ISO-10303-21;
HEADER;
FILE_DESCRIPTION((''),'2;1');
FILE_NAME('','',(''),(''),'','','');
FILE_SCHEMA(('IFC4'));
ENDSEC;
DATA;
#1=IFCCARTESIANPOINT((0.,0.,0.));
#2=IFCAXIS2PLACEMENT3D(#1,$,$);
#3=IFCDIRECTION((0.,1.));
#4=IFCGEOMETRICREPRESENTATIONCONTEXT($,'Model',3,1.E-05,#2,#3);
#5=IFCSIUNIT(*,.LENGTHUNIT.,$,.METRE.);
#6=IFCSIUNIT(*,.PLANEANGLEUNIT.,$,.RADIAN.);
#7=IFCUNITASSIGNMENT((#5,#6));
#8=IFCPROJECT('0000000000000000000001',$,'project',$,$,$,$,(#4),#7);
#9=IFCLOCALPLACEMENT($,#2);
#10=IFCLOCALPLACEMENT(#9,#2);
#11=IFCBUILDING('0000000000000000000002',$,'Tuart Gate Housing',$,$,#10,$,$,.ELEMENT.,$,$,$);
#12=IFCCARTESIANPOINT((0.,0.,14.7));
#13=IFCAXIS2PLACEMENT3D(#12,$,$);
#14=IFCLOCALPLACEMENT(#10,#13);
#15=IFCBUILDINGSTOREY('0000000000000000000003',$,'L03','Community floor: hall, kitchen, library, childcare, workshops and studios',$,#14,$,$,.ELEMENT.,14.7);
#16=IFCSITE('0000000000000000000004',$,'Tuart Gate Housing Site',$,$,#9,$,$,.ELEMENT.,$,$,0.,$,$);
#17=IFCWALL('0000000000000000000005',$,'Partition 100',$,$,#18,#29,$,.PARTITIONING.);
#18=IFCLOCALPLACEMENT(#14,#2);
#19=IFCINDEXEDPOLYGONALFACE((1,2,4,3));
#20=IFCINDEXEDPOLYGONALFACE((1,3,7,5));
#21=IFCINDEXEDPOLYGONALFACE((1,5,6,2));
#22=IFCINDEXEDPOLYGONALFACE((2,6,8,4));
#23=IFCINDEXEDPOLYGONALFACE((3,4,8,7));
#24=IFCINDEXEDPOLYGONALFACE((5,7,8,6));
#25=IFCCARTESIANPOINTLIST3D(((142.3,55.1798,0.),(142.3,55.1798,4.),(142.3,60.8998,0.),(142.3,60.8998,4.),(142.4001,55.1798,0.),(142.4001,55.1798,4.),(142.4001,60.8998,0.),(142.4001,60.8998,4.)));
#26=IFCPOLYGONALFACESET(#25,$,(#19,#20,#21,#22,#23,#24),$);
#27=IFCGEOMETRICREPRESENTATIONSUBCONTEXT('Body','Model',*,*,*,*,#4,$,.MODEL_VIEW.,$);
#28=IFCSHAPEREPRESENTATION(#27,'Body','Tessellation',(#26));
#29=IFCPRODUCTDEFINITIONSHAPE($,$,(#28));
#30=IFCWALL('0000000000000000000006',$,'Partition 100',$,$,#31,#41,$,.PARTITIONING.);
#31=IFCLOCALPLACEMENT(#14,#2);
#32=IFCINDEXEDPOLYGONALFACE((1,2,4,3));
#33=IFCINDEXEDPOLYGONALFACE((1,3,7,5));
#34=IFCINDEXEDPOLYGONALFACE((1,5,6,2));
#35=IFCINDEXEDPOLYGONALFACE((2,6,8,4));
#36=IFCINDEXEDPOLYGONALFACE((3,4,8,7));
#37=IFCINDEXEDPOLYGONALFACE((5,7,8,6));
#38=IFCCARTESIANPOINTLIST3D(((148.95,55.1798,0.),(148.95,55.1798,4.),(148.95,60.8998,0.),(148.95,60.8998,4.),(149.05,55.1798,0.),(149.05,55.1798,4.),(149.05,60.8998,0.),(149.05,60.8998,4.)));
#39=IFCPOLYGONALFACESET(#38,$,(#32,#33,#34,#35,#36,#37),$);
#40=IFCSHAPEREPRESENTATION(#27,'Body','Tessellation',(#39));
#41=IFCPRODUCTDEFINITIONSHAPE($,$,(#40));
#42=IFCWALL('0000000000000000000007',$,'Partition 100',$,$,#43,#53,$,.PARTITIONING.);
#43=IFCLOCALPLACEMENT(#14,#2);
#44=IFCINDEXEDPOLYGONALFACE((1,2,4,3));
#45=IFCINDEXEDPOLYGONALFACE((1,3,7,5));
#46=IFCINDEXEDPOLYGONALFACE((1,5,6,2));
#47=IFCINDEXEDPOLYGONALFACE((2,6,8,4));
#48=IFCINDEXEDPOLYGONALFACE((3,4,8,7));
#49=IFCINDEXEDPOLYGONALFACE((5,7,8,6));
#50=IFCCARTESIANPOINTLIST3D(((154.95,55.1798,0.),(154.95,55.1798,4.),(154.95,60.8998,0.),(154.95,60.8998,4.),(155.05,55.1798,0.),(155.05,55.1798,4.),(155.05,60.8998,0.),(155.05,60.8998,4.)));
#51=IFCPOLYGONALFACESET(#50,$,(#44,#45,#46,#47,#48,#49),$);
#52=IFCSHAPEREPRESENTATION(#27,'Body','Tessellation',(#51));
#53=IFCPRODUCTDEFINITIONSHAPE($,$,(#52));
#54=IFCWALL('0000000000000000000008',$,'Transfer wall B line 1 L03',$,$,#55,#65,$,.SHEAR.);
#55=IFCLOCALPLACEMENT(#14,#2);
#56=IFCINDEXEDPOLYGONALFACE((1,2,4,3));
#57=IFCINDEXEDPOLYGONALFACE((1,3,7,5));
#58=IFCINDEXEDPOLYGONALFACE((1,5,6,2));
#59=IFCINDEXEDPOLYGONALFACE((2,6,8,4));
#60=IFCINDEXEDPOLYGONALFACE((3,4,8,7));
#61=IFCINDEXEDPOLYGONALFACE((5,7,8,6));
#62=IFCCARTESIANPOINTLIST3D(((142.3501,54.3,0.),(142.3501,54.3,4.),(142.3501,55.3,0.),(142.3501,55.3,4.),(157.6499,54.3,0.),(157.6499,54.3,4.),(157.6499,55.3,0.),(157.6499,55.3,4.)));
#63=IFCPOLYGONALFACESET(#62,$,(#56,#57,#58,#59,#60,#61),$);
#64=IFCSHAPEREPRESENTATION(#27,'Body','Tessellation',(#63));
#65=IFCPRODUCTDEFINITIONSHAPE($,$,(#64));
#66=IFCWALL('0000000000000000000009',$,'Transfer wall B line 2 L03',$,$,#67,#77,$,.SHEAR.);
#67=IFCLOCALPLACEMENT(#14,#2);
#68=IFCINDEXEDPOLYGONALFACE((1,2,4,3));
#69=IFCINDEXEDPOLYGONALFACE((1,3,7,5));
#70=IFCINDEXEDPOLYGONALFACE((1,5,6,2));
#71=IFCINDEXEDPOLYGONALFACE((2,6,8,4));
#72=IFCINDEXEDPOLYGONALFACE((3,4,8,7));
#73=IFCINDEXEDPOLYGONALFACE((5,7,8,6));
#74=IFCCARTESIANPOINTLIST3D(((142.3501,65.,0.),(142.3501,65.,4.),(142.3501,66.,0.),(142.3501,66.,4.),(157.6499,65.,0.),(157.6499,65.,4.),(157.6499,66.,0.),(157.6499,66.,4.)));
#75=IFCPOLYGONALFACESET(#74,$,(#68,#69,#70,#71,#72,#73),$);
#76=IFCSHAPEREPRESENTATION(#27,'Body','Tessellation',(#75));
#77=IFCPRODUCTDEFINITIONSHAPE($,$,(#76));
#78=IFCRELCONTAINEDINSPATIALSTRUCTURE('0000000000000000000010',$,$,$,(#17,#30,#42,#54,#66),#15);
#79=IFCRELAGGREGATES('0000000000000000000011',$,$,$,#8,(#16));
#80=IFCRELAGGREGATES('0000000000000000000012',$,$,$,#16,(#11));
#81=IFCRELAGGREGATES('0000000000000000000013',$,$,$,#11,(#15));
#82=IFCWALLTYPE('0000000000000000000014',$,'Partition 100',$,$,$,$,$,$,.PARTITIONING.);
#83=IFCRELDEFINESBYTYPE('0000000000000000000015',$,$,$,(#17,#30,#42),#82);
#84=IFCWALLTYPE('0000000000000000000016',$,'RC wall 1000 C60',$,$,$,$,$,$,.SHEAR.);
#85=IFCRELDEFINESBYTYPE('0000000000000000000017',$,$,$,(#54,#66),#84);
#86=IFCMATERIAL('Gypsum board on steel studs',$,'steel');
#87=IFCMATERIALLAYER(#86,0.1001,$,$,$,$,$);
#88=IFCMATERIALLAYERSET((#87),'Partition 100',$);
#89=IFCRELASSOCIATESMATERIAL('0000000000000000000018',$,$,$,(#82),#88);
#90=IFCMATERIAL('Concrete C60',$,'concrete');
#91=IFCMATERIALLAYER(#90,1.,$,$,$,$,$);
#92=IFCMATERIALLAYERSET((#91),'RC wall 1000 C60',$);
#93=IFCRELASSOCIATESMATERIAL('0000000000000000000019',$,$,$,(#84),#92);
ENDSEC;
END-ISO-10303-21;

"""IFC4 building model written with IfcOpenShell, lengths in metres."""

from ifc_helpers import new_model, si_unit, direction, frame, frame_2d, origin, place, context, subcontext, project, spatial, rectangle, extrude, material, layer, layer_set, type_object, element, save


model = new_model("IFC4")

# Units and contexts
model_context = context("Model", 3, precision=1e-05, world=origin(), true_north=direction((0.0, 1.0)))
body_context = subcontext(model_context, "Body", "Model", "MODEL_VIEW")
ifc_project = project(units=[si_unit("LENGTHUNIT", "METRE"), si_unit("PLANEANGLEUNIT", "RADIAN")], contexts=[model_context])

# Site, building, storey
site_placement = place(None, origin())
site = spatial("IfcSite", under=ifc_project, at=site_placement, Name="Tuart Gate Housing Site", CompositionType="ELEMENT", RefElevation=0.0)
building_placement = place(site_placement, origin())
building = spatial("IfcBuilding", under=site, at=building_placement, Name="Tuart Gate Housing", CompositionType="ELEMENT")
storey_placement = place(building_placement, frame((0.0, 0.0, 14.7)))
storey = spatial("IfcBuildingStorey", under=building, at=storey_placement, Name="L03", Description="Community floor: hall, kitchen, library, childcare, workshops and studios", CompositionType="ELEMENT", Elevation=14.7)

# Walls
ifc_material_1 = material(Name="Gypsum board on steel studs", Category="steel")
ifc_layer_1 = layer(ifc_material_1, 0.1001)
ifc_layer_set_1 = layer_set([ifc_layer_1], Name="Partition 100")
wall_type_1 = type_object("IfcWallType", Name="Partition 100", PredefinedType="PARTITIONING", material=ifc_layer_set_1)
for number, where, z_axis, x_axis, name in (
    (1, (142.3501, 55.1799, 0.0), (0.0, 0.0, 1.0), (0.0, 1.0, 0.0), "Partition 100"),
    (2, (149.0, 55.1799, 0.0), (0.0, 0.0, 1.0), (0.0, 1.0, 0.0), "Partition 100"),
    (3, (155.0, 55.1799, 0.0), (0.0, 0.0, 1.0), (0.0, 1.0, 0.0), "Partition 100"),
):
    element("IfcWall", number, at=place(storey_placement, frame(where, z_axis=z_axis, x_axis=x_axis)), inside=storey, type_object=wall_type_1, Name=name, PredefinedType="PARTITIONING", context=body_context, shape_type="SweptSolid", body=[
        extrude(rectangle(XDim=5.72, YDim=0.1001, at=frame_2d((2.8599, 0.0))), origin(), (0.0, 0.0, 1.0), 4.0),
    ])
ifc_material_2 = material(Name="Concrete C60", Category="concrete")
ifc_layer_2 = layer(ifc_material_2, 1.0)
ifc_layer_set_2 = layer_set([ifc_layer_2], Name="RC wall 1000 C60")
wall_type_2 = type_object("IfcWallType", Name="RC wall 1000 C60", PredefinedType="SHEAR", material=ifc_layer_set_2)
for number, where, z_axis, x_axis, name in (
    (4, (142.3501, 54.8, 0.0), (0.0, 0.0, 1.0), (1.0, 0.0, 0.0), "Transfer wall B line 1 L03"),
    (5, (142.3501, 65.5, 0.0), (0.0, 0.0, 1.0), (1.0, 0.0, 0.0), "Transfer wall B line 2 L03"),
):
    element("IfcWall", number, at=place(storey_placement, frame(where, z_axis=z_axis, x_axis=x_axis)), inside=storey, type_object=wall_type_2, Name=name, PredefinedType="SHEAR", context=body_context, shape_type="SweptSolid", body=[
        extrude(rectangle(XDim=15.2998, YDim=1.0, at=frame_2d((7.6499, 0.0))), origin(), (0.0, 0.0, 1.0), 4.0),
    ])

save(model, "model.ifc")
